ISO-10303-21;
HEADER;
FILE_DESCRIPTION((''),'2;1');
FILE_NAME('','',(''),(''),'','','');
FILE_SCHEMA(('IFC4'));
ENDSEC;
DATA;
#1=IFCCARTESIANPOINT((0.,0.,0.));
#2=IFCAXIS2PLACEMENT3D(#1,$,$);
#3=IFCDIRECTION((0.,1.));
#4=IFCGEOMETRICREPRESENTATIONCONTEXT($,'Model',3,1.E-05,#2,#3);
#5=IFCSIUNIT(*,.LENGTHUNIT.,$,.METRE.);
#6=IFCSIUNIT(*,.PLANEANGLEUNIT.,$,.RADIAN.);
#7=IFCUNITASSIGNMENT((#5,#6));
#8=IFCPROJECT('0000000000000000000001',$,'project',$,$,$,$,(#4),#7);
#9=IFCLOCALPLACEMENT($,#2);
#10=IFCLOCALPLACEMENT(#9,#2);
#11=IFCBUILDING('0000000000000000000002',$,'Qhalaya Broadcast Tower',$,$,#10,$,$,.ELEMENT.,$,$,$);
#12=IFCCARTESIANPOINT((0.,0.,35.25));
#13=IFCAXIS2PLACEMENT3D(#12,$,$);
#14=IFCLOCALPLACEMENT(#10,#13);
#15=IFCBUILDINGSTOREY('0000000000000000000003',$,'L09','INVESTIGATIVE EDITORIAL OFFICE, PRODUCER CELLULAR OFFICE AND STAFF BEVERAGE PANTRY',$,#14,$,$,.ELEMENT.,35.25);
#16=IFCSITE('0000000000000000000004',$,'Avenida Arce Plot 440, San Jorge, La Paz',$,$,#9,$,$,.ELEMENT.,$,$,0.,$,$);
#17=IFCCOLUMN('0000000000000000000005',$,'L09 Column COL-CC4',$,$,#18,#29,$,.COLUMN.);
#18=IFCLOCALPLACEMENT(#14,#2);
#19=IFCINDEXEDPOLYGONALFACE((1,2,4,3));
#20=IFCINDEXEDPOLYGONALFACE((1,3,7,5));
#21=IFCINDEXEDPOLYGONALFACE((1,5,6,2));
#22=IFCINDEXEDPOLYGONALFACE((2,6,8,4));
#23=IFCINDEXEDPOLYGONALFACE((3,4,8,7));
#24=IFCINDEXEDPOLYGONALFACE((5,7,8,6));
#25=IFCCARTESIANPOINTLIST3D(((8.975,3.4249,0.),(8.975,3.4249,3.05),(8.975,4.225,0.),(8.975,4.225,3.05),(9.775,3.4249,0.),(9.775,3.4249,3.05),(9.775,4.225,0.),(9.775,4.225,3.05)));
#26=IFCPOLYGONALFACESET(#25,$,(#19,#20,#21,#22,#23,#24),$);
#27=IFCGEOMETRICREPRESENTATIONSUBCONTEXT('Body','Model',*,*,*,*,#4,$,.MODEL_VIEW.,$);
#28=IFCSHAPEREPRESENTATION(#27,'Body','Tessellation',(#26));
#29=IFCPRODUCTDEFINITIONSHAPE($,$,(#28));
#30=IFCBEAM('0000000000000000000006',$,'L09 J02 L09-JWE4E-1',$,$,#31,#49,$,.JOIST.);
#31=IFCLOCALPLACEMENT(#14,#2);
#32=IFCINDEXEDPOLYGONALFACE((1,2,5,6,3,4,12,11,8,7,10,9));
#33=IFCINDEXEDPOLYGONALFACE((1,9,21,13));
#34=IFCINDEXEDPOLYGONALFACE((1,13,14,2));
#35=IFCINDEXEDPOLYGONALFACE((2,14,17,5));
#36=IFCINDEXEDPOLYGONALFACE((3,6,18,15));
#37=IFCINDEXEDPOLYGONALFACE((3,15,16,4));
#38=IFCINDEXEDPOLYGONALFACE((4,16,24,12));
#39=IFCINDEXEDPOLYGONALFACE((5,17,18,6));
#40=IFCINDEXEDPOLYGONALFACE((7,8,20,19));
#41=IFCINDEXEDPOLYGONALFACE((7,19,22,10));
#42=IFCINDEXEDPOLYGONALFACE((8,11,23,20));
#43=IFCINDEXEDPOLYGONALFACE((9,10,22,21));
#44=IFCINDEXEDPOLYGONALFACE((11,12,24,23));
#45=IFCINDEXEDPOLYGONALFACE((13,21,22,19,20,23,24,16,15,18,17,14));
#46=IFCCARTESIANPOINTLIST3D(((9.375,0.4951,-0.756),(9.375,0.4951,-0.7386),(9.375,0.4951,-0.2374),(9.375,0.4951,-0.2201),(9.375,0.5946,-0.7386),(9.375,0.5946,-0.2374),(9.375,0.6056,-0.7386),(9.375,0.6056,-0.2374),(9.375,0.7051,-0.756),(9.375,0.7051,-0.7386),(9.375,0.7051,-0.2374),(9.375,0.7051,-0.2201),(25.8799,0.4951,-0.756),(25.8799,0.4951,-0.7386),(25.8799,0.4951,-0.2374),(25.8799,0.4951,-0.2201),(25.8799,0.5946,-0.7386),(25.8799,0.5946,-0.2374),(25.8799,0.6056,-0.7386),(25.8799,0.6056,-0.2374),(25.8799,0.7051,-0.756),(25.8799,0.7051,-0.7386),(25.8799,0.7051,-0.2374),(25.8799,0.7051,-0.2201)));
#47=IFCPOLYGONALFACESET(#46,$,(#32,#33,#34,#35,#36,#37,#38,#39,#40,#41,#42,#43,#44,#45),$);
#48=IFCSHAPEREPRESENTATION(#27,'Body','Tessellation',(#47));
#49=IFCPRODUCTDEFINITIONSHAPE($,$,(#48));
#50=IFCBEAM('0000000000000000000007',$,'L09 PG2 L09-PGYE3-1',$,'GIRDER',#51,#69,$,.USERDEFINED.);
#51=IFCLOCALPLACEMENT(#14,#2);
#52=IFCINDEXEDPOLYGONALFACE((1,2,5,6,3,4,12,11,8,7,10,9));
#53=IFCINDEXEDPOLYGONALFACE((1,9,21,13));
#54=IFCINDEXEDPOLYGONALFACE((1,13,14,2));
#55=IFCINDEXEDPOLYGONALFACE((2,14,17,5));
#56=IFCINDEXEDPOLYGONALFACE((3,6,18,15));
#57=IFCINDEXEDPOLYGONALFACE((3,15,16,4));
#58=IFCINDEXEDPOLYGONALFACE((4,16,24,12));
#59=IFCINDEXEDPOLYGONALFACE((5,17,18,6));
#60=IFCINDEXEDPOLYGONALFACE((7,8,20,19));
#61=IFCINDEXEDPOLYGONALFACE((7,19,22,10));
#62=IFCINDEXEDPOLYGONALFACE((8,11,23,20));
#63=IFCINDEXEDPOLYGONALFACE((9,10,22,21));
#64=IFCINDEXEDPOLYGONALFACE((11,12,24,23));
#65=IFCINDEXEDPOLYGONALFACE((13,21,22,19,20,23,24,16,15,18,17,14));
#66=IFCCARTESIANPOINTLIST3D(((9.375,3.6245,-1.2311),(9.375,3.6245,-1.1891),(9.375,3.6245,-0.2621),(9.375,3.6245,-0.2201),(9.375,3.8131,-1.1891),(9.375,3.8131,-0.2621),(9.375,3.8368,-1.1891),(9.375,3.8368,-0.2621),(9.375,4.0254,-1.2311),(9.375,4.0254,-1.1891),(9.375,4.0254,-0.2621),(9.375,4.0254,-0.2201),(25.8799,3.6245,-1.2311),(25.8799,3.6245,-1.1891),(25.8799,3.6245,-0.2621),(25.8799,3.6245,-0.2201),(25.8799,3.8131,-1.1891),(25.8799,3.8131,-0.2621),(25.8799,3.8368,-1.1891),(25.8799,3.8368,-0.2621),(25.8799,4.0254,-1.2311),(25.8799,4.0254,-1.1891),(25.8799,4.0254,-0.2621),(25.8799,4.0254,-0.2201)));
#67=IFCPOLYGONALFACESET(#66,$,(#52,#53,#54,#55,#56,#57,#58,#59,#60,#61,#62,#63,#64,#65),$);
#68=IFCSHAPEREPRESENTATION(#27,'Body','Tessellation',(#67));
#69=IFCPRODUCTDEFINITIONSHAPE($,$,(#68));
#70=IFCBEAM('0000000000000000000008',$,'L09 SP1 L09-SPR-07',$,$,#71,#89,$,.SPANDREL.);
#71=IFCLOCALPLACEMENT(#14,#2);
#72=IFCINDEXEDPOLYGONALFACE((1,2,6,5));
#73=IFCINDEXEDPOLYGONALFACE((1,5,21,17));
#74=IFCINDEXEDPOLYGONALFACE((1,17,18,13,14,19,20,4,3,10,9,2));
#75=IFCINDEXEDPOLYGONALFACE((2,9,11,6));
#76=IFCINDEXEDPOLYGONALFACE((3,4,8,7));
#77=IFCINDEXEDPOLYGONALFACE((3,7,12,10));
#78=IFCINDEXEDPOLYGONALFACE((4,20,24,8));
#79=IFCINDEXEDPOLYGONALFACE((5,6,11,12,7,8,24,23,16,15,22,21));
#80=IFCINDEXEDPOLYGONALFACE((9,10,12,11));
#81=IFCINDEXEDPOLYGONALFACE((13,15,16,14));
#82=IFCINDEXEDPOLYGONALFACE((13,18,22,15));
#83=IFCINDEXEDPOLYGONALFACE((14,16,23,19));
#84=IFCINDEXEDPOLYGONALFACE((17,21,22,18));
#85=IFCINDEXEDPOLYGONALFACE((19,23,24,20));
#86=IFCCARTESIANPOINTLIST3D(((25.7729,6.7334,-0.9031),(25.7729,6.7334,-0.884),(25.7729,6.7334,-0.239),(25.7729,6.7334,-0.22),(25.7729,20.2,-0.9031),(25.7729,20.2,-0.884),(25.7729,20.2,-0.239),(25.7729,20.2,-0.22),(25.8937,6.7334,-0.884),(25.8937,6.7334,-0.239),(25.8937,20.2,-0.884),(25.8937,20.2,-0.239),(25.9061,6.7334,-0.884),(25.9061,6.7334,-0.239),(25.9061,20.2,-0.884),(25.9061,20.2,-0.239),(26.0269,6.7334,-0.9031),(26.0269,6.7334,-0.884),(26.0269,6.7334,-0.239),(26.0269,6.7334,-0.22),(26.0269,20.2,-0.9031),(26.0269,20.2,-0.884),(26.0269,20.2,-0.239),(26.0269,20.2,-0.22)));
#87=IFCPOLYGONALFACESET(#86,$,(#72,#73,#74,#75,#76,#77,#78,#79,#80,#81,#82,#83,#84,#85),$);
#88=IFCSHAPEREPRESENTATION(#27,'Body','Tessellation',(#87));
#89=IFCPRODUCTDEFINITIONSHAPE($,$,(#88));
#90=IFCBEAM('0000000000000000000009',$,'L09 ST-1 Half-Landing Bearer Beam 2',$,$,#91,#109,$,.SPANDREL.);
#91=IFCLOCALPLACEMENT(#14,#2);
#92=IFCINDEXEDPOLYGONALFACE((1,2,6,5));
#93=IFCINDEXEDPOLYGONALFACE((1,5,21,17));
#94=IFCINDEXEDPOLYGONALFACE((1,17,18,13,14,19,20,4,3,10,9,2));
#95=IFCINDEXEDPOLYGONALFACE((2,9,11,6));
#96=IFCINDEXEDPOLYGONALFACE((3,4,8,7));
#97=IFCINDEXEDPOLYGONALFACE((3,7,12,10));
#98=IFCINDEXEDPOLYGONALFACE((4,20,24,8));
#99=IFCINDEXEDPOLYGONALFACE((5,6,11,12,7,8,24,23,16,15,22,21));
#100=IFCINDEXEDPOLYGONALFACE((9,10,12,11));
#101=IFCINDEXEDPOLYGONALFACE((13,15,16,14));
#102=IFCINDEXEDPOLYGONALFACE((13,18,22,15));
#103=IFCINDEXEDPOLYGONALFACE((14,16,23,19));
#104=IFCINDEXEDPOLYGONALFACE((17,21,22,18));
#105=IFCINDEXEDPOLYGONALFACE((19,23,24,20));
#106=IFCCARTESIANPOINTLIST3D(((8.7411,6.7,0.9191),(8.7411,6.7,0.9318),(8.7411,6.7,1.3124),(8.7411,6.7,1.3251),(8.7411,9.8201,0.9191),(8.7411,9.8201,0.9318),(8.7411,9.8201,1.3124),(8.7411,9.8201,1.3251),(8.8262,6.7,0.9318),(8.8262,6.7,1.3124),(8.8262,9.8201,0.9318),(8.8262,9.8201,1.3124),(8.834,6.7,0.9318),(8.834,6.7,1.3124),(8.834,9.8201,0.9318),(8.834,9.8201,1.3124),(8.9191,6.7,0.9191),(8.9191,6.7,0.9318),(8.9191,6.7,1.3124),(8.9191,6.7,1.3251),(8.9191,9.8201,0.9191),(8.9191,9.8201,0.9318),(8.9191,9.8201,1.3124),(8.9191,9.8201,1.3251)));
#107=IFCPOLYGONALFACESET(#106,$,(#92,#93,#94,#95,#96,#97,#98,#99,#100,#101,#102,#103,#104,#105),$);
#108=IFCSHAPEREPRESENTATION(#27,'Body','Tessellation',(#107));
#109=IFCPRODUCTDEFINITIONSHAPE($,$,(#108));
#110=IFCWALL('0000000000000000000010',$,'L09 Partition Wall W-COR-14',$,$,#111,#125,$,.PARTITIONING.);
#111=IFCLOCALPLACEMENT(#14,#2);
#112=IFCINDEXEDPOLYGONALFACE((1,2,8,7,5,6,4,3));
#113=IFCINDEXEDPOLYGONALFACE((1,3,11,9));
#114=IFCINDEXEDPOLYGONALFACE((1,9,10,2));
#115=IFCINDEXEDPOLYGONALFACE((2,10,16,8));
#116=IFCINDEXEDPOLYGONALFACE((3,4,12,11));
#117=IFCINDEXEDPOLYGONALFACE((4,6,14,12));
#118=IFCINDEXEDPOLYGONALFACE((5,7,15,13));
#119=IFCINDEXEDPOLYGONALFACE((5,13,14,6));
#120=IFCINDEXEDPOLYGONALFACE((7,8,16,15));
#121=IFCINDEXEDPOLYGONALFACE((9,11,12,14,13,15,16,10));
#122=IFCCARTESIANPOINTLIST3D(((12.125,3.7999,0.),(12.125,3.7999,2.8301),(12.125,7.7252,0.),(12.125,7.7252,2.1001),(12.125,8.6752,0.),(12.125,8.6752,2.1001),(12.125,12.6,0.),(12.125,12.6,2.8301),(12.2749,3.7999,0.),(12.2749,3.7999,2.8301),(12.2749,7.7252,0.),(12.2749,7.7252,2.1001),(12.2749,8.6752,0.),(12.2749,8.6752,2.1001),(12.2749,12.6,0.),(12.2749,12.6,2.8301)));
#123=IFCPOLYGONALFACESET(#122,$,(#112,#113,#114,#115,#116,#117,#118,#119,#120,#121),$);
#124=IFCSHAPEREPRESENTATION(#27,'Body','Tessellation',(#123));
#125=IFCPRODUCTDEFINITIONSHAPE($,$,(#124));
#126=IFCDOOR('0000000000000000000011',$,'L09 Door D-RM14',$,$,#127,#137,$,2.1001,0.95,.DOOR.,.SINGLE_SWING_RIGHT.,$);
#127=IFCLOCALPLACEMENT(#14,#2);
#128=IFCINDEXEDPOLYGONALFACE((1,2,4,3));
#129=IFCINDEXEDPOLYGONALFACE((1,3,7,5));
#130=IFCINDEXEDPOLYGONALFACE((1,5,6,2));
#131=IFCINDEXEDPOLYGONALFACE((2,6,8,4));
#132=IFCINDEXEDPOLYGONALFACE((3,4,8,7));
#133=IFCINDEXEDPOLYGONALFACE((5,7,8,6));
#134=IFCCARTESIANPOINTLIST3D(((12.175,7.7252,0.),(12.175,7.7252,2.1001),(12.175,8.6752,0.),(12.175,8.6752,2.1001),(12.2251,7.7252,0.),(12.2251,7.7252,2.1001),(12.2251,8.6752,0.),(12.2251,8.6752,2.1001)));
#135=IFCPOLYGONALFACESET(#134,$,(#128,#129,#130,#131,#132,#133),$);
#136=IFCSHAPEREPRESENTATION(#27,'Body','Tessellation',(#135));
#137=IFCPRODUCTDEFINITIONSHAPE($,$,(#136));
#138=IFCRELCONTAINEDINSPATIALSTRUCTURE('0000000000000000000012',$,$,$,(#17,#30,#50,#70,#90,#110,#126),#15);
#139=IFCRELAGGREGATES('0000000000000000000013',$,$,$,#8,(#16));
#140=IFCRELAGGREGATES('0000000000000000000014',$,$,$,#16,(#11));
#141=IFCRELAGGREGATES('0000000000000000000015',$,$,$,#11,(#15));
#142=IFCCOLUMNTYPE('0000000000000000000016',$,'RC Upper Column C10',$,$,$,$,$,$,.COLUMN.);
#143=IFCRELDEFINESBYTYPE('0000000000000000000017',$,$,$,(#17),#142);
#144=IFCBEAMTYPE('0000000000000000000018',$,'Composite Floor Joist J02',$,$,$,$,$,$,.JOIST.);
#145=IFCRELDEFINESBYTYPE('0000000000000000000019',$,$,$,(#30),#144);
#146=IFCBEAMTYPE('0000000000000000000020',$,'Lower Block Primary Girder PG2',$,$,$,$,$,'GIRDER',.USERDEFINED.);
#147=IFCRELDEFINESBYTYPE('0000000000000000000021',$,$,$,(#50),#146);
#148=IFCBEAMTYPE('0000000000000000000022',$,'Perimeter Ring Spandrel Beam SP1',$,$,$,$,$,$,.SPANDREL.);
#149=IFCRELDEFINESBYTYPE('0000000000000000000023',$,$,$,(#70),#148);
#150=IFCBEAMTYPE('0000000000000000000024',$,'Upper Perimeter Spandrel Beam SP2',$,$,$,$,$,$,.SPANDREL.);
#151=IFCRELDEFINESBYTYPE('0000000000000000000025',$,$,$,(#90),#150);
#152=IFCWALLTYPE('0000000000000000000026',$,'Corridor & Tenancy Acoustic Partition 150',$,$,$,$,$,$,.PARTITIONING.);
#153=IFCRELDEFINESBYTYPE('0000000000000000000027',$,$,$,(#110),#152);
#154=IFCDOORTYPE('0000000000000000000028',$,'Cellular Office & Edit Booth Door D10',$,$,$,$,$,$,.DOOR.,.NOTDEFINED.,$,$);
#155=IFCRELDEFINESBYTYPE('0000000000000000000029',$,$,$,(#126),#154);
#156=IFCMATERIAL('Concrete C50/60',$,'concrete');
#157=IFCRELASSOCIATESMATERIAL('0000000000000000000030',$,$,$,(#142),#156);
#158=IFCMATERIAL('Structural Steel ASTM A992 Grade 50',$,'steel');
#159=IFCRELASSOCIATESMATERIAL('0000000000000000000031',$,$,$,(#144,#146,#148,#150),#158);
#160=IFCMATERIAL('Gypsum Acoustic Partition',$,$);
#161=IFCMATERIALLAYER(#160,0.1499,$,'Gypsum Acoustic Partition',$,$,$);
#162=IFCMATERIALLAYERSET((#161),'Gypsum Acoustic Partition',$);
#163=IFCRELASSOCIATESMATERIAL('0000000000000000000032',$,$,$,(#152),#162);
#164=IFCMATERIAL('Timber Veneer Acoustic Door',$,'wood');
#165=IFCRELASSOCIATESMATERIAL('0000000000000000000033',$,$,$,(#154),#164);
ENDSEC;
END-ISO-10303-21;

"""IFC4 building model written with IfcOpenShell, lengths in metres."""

from ifc_helpers import new_model, si_unit, direction, frame, frame_2d, origin, origin_2d, place, context, subcontext, project, spatial, rectangle, i_section, extrude, material, layer, layer_set, material_profile, profile_set, type_object, element, fill, save


model = new_model("IFC4")

# Units and contexts
model_context = context("Model", 3, precision=1e-05, world=origin(), true_north=direction((0.0, 1.0)))
body_context = subcontext(model_context, "Body", "Model", "MODEL_VIEW")
ifc_project = project(units=[si_unit("LENGTHUNIT", "METRE"), si_unit("PLANEANGLEUNIT", "RADIAN")], contexts=[model_context])

# Site, building, storey
site_placement = place(None, origin())
site = spatial("IfcSite", under=ifc_project, at=site_placement, Name="Avenida Arce Plot 440, San Jorge, La Paz", CompositionType="ELEMENT", RefElevation=0.0)
building_placement = place(site_placement, origin())
building = spatial("IfcBuilding", under=site, at=building_placement, Name="Qhalaya Broadcast Tower", CompositionType="ELEMENT")
storey_placement = place(building_placement, frame((0.0, 0.0, 35.25)))
storey = spatial("IfcBuildingStorey", under=building, at=storey_placement, Name="L09", Description="INVESTIGATIVE EDITORIAL OFFICE, PRODUCER CELLULAR OFFICE AND STAFF BEVERAGE PANTRY", CompositionType="ELEMENT", Elevation=35.25)

# Column
ifc_material_1 = material(Name="Concrete C50/60", Category="concrete")
ifc_material_profile_1 = material_profile(ifc_material_1, rectangle(XDim=0.8, YDim=0.8, at=origin_2d()), Name="RC-COL 800x800")
ifc_profile_set_1 = profile_set([ifc_material_profile_1], Name="Concrete C50/60")
column_type = type_object("IfcColumnType", Name="RC Upper Column C10", PredefinedType="COLUMN", material=ifc_profile_set_1)
column_placement = place(storey_placement, frame((9.375, 3.825, 0.0), z_axis=(0.0, 0.0, 1.0), x_axis=(1.0, 0.0, 0.0)))
element("IfcColumn", 1, at=column_placement, inside=storey, type_object=column_type, Name="L09 Column COL-CC4", PredefinedType="COLUMN", context=body_context, shape_type="SweptSolid", body=[
    extrude(rectangle(XDim=0.8, YDim=0.8, at=origin_2d()), origin(), (0.0, 0.0, 1.0), 3.05),
])

# Beams
ifc_material_2 = material(Name="Structural Steel ASTM A992 Grade 50", Category="steel")
ifc_material_profile_2 = material_profile(ifc_material_2, i_section(OverallWidth=0.21, OverallDepth=0.5359, WebThickness=0.011, FlangeThickness=0.0173, at=origin_2d()), Name="W21X68")
ifc_profile_set_2 = profile_set([ifc_material_profile_2], Name="Structural Steel ASTM A992 Grade 50")
beam_type_1 = type_object("IfcBeamType", Name="Composite Floor Joist J02", PredefinedType="JOIST", material=ifc_profile_set_2)
beam_1_placement = place(storey_placement, frame((9.375, 0.6001, -0.488), z_axis=(1.0, 0.0, 0.0), x_axis=(0.0, 1.0, 0.0)))
element("IfcBeam", 2, at=beam_1_placement, inside=storey, type_object=beam_type_1, Name="L09 J02 L09-JWE4E-1", PredefinedType="JOIST", context=body_context, shape_type="SweptSolid", body=[
    extrude(i_section(OverallWidth=0.21, OverallDepth=0.5359, WebThickness=0.011, FlangeThickness=0.0173, at=origin_2d()), origin(), (0.0, 0.0, 1.0), 16.5049),
])
ifc_material_profile_3 = material_profile(ifc_material_2, i_section(OverallWidth=0.4009, OverallDepth=1.011, WebThickness=0.0237, FlangeThickness=0.042, at=origin_2d()), Name="W40X297")
ifc_profile_set_3 = profile_set([ifc_material_profile_3], Name="Structural Steel ASTM A992 Grade 50")
beam_type_2 = type_object("IfcBeamType", Name="Lower Block Primary Girder PG2", ElementType="GIRDER", PredefinedType="USERDEFINED", material=ifc_profile_set_3)
beam_2_placement = place(storey_placement, frame((9.375, 3.825, -0.7256), z_axis=(1.0, 0.0, 0.0), x_axis=(0.0, 1.0, 0.0)))
element("IfcBeam", 3, at=beam_2_placement, inside=storey, type_object=beam_type_2, Name="L09 PG2 L09-PGYE3-1", ObjectType="GIRDER", PredefinedType="USERDEFINED", context=body_context, shape_type="SweptSolid", body=[
    extrude(i_section(OverallWidth=0.4009, OverallDepth=1.011, WebThickness=0.0237, FlangeThickness=0.042, at=origin_2d()), origin(), (0.0, 0.0, 1.0), 16.5049),
])
ifc_material_profile_4 = material_profile(ifc_material_2, i_section(OverallWidth=0.2539, OverallDepth=0.6831, WebThickness=0.0125, FlangeThickness=0.019, at=origin_2d()), Name="W27X94")
ifc_profile_set_4 = profile_set([ifc_material_profile_4], Name="Structural Steel ASTM A992 Grade 50")
beam_type_3 = type_object("IfcBeamType", Name="Perimeter Ring Spandrel Beam SP1", PredefinedType="SPANDREL", material=ifc_profile_set_4)
beam_3_placement = place(storey_placement, frame((25.8999, 6.7334, -0.5615), z_axis=(0.0, 1.0, 0.0), x_axis=(-1.0, 0.0, 0.0)))
element("IfcBeam", 4, at=beam_3_placement, inside=storey, type_object=beam_type_3, Name="L09 SP1 L09-SPR-07", PredefinedType="SPANDREL", context=body_context, shape_type="SweptSolid", body=[
    extrude(i_section(OverallWidth=0.2539, OverallDepth=0.6831, WebThickness=0.0125, FlangeThickness=0.019, at=origin_2d()), origin(), (0.0, 0.0, 1.0), 13.4666),
])
ifc_material_profile_5 = material_profile(ifc_material_2, i_section(OverallWidth=0.178, OverallDepth=0.406, WebThickness=0.0078, FlangeThickness=0.0127, at=origin_2d()), Name="W16X40")
ifc_profile_set_5 = profile_set([ifc_material_profile_5], Name="Structural Steel ASTM A992 Grade 50")
beam_type_4 = type_object("IfcBeamType", Name="Upper Perimeter Spandrel Beam SP2", PredefinedType="SPANDREL", material=ifc_profile_set_5)
beam_4_placement = place(storey_placement, frame((8.8301, 6.7, 1.1221), z_axis=(0.0, 1.0, 0.0), x_axis=(-1.0, 0.0, 0.0)))
element("IfcBeam", 5, at=beam_4_placement, inside=storey, type_object=beam_type_4, Name="L09 ST-1 Half-Landing Bearer Beam 2", PredefinedType="SPANDREL", context=body_context, shape_type="SweptSolid", body=[
    extrude(i_section(OverallWidth=0.178, OverallDepth=0.406, WebThickness=0.0078, FlangeThickness=0.0127, at=origin_2d()), origin(), (0.0, 0.0, 1.0), 3.1201),
])

# Wall, opening, door
ifc_material_3 = material(Name="Gypsum Acoustic Partition")
ifc_layer_1 = layer(ifc_material_3, 0.1499, Name="Gypsum Acoustic Partition")
ifc_layer_set_1 = layer_set([ifc_layer_1], Name="Gypsum Acoustic Partition")
wall_type_1 = type_object("IfcWallType", Name="Corridor & Tenancy Acoustic Partition 150", PredefinedType="PARTITIONING", material=ifc_layer_set_1)
wall_1_placement = place(storey_placement, frame((12.2, 3.8, 0.0), z_axis=(0.0, 0.0, 1.0), x_axis=(0.0, 1.0, 0.0)))
wall_1 = element("IfcWall", 6, at=wall_1_placement, inside=storey, type_object=wall_type_1, Name="L09 Partition Wall W-COR-14", PredefinedType="PARTITIONING", context=body_context, shape_type="SweptSolid", body=[
    extrude(rectangle(XDim=8.8, YDim=0.1499, at=frame_2d((4.3999, 0.0))), origin(), (0.0, 0.0, 1.0), 2.8301),
])
opening_1_placement = place(wall_1_placement, frame((3.925, 0.0, 0.0)))
opening_1 = element("IfcOpeningElement", 7, at=opening_1_placement, cuts=wall_1, PredefinedType="OPENING", context=body_context, shape_type="SweptSolid", body=[
    extrude(rectangle(XDim=0.95, YDim=2.1001, at=frame_2d((0.4751, 1.05))), frame((0.0, 0.0869, 0.0), z_axis=(0.0, -1.0, 0.0), x_axis=(1.0, 0.0, 0.0)), (0.0, 0.0, 1.0), 0.1738),
])
ifc_material_4 = material(Name="Timber Veneer Acoustic Door", Category="wood")
door_type_1 = type_object("IfcDoorType", Name="Cellular Office & Edit Booth Door D10", OperationType="NOTDEFINED", PredefinedType="DOOR", material=ifc_material_4)
door_1_placement = place(opening_1_placement, origin())
door_1 = element("IfcDoor", 8, at=door_1_placement, inside=storey, type_object=door_type_1, Name="L09 Door D-RM14", OperationType="SINGLE_SWING_RIGHT", OverallHeight=2.1001, OverallWidth=0.95, PredefinedType="DOOR", context=body_context, shape_type="SweptSolid", body=[
    extrude(rectangle(XDim=0.95, YDim=2.1001, at=frame_2d((0.4751, 1.05))), frame((0.0, 0.0249, 0.0), z_axis=(0.0, -1.0, 0.0), x_axis=(1.0, 0.0, 0.0)), (0.0, 0.0, 1.0), 0.05),
])
fill(opening_1, door_1)

save(model, "model.ifc")
